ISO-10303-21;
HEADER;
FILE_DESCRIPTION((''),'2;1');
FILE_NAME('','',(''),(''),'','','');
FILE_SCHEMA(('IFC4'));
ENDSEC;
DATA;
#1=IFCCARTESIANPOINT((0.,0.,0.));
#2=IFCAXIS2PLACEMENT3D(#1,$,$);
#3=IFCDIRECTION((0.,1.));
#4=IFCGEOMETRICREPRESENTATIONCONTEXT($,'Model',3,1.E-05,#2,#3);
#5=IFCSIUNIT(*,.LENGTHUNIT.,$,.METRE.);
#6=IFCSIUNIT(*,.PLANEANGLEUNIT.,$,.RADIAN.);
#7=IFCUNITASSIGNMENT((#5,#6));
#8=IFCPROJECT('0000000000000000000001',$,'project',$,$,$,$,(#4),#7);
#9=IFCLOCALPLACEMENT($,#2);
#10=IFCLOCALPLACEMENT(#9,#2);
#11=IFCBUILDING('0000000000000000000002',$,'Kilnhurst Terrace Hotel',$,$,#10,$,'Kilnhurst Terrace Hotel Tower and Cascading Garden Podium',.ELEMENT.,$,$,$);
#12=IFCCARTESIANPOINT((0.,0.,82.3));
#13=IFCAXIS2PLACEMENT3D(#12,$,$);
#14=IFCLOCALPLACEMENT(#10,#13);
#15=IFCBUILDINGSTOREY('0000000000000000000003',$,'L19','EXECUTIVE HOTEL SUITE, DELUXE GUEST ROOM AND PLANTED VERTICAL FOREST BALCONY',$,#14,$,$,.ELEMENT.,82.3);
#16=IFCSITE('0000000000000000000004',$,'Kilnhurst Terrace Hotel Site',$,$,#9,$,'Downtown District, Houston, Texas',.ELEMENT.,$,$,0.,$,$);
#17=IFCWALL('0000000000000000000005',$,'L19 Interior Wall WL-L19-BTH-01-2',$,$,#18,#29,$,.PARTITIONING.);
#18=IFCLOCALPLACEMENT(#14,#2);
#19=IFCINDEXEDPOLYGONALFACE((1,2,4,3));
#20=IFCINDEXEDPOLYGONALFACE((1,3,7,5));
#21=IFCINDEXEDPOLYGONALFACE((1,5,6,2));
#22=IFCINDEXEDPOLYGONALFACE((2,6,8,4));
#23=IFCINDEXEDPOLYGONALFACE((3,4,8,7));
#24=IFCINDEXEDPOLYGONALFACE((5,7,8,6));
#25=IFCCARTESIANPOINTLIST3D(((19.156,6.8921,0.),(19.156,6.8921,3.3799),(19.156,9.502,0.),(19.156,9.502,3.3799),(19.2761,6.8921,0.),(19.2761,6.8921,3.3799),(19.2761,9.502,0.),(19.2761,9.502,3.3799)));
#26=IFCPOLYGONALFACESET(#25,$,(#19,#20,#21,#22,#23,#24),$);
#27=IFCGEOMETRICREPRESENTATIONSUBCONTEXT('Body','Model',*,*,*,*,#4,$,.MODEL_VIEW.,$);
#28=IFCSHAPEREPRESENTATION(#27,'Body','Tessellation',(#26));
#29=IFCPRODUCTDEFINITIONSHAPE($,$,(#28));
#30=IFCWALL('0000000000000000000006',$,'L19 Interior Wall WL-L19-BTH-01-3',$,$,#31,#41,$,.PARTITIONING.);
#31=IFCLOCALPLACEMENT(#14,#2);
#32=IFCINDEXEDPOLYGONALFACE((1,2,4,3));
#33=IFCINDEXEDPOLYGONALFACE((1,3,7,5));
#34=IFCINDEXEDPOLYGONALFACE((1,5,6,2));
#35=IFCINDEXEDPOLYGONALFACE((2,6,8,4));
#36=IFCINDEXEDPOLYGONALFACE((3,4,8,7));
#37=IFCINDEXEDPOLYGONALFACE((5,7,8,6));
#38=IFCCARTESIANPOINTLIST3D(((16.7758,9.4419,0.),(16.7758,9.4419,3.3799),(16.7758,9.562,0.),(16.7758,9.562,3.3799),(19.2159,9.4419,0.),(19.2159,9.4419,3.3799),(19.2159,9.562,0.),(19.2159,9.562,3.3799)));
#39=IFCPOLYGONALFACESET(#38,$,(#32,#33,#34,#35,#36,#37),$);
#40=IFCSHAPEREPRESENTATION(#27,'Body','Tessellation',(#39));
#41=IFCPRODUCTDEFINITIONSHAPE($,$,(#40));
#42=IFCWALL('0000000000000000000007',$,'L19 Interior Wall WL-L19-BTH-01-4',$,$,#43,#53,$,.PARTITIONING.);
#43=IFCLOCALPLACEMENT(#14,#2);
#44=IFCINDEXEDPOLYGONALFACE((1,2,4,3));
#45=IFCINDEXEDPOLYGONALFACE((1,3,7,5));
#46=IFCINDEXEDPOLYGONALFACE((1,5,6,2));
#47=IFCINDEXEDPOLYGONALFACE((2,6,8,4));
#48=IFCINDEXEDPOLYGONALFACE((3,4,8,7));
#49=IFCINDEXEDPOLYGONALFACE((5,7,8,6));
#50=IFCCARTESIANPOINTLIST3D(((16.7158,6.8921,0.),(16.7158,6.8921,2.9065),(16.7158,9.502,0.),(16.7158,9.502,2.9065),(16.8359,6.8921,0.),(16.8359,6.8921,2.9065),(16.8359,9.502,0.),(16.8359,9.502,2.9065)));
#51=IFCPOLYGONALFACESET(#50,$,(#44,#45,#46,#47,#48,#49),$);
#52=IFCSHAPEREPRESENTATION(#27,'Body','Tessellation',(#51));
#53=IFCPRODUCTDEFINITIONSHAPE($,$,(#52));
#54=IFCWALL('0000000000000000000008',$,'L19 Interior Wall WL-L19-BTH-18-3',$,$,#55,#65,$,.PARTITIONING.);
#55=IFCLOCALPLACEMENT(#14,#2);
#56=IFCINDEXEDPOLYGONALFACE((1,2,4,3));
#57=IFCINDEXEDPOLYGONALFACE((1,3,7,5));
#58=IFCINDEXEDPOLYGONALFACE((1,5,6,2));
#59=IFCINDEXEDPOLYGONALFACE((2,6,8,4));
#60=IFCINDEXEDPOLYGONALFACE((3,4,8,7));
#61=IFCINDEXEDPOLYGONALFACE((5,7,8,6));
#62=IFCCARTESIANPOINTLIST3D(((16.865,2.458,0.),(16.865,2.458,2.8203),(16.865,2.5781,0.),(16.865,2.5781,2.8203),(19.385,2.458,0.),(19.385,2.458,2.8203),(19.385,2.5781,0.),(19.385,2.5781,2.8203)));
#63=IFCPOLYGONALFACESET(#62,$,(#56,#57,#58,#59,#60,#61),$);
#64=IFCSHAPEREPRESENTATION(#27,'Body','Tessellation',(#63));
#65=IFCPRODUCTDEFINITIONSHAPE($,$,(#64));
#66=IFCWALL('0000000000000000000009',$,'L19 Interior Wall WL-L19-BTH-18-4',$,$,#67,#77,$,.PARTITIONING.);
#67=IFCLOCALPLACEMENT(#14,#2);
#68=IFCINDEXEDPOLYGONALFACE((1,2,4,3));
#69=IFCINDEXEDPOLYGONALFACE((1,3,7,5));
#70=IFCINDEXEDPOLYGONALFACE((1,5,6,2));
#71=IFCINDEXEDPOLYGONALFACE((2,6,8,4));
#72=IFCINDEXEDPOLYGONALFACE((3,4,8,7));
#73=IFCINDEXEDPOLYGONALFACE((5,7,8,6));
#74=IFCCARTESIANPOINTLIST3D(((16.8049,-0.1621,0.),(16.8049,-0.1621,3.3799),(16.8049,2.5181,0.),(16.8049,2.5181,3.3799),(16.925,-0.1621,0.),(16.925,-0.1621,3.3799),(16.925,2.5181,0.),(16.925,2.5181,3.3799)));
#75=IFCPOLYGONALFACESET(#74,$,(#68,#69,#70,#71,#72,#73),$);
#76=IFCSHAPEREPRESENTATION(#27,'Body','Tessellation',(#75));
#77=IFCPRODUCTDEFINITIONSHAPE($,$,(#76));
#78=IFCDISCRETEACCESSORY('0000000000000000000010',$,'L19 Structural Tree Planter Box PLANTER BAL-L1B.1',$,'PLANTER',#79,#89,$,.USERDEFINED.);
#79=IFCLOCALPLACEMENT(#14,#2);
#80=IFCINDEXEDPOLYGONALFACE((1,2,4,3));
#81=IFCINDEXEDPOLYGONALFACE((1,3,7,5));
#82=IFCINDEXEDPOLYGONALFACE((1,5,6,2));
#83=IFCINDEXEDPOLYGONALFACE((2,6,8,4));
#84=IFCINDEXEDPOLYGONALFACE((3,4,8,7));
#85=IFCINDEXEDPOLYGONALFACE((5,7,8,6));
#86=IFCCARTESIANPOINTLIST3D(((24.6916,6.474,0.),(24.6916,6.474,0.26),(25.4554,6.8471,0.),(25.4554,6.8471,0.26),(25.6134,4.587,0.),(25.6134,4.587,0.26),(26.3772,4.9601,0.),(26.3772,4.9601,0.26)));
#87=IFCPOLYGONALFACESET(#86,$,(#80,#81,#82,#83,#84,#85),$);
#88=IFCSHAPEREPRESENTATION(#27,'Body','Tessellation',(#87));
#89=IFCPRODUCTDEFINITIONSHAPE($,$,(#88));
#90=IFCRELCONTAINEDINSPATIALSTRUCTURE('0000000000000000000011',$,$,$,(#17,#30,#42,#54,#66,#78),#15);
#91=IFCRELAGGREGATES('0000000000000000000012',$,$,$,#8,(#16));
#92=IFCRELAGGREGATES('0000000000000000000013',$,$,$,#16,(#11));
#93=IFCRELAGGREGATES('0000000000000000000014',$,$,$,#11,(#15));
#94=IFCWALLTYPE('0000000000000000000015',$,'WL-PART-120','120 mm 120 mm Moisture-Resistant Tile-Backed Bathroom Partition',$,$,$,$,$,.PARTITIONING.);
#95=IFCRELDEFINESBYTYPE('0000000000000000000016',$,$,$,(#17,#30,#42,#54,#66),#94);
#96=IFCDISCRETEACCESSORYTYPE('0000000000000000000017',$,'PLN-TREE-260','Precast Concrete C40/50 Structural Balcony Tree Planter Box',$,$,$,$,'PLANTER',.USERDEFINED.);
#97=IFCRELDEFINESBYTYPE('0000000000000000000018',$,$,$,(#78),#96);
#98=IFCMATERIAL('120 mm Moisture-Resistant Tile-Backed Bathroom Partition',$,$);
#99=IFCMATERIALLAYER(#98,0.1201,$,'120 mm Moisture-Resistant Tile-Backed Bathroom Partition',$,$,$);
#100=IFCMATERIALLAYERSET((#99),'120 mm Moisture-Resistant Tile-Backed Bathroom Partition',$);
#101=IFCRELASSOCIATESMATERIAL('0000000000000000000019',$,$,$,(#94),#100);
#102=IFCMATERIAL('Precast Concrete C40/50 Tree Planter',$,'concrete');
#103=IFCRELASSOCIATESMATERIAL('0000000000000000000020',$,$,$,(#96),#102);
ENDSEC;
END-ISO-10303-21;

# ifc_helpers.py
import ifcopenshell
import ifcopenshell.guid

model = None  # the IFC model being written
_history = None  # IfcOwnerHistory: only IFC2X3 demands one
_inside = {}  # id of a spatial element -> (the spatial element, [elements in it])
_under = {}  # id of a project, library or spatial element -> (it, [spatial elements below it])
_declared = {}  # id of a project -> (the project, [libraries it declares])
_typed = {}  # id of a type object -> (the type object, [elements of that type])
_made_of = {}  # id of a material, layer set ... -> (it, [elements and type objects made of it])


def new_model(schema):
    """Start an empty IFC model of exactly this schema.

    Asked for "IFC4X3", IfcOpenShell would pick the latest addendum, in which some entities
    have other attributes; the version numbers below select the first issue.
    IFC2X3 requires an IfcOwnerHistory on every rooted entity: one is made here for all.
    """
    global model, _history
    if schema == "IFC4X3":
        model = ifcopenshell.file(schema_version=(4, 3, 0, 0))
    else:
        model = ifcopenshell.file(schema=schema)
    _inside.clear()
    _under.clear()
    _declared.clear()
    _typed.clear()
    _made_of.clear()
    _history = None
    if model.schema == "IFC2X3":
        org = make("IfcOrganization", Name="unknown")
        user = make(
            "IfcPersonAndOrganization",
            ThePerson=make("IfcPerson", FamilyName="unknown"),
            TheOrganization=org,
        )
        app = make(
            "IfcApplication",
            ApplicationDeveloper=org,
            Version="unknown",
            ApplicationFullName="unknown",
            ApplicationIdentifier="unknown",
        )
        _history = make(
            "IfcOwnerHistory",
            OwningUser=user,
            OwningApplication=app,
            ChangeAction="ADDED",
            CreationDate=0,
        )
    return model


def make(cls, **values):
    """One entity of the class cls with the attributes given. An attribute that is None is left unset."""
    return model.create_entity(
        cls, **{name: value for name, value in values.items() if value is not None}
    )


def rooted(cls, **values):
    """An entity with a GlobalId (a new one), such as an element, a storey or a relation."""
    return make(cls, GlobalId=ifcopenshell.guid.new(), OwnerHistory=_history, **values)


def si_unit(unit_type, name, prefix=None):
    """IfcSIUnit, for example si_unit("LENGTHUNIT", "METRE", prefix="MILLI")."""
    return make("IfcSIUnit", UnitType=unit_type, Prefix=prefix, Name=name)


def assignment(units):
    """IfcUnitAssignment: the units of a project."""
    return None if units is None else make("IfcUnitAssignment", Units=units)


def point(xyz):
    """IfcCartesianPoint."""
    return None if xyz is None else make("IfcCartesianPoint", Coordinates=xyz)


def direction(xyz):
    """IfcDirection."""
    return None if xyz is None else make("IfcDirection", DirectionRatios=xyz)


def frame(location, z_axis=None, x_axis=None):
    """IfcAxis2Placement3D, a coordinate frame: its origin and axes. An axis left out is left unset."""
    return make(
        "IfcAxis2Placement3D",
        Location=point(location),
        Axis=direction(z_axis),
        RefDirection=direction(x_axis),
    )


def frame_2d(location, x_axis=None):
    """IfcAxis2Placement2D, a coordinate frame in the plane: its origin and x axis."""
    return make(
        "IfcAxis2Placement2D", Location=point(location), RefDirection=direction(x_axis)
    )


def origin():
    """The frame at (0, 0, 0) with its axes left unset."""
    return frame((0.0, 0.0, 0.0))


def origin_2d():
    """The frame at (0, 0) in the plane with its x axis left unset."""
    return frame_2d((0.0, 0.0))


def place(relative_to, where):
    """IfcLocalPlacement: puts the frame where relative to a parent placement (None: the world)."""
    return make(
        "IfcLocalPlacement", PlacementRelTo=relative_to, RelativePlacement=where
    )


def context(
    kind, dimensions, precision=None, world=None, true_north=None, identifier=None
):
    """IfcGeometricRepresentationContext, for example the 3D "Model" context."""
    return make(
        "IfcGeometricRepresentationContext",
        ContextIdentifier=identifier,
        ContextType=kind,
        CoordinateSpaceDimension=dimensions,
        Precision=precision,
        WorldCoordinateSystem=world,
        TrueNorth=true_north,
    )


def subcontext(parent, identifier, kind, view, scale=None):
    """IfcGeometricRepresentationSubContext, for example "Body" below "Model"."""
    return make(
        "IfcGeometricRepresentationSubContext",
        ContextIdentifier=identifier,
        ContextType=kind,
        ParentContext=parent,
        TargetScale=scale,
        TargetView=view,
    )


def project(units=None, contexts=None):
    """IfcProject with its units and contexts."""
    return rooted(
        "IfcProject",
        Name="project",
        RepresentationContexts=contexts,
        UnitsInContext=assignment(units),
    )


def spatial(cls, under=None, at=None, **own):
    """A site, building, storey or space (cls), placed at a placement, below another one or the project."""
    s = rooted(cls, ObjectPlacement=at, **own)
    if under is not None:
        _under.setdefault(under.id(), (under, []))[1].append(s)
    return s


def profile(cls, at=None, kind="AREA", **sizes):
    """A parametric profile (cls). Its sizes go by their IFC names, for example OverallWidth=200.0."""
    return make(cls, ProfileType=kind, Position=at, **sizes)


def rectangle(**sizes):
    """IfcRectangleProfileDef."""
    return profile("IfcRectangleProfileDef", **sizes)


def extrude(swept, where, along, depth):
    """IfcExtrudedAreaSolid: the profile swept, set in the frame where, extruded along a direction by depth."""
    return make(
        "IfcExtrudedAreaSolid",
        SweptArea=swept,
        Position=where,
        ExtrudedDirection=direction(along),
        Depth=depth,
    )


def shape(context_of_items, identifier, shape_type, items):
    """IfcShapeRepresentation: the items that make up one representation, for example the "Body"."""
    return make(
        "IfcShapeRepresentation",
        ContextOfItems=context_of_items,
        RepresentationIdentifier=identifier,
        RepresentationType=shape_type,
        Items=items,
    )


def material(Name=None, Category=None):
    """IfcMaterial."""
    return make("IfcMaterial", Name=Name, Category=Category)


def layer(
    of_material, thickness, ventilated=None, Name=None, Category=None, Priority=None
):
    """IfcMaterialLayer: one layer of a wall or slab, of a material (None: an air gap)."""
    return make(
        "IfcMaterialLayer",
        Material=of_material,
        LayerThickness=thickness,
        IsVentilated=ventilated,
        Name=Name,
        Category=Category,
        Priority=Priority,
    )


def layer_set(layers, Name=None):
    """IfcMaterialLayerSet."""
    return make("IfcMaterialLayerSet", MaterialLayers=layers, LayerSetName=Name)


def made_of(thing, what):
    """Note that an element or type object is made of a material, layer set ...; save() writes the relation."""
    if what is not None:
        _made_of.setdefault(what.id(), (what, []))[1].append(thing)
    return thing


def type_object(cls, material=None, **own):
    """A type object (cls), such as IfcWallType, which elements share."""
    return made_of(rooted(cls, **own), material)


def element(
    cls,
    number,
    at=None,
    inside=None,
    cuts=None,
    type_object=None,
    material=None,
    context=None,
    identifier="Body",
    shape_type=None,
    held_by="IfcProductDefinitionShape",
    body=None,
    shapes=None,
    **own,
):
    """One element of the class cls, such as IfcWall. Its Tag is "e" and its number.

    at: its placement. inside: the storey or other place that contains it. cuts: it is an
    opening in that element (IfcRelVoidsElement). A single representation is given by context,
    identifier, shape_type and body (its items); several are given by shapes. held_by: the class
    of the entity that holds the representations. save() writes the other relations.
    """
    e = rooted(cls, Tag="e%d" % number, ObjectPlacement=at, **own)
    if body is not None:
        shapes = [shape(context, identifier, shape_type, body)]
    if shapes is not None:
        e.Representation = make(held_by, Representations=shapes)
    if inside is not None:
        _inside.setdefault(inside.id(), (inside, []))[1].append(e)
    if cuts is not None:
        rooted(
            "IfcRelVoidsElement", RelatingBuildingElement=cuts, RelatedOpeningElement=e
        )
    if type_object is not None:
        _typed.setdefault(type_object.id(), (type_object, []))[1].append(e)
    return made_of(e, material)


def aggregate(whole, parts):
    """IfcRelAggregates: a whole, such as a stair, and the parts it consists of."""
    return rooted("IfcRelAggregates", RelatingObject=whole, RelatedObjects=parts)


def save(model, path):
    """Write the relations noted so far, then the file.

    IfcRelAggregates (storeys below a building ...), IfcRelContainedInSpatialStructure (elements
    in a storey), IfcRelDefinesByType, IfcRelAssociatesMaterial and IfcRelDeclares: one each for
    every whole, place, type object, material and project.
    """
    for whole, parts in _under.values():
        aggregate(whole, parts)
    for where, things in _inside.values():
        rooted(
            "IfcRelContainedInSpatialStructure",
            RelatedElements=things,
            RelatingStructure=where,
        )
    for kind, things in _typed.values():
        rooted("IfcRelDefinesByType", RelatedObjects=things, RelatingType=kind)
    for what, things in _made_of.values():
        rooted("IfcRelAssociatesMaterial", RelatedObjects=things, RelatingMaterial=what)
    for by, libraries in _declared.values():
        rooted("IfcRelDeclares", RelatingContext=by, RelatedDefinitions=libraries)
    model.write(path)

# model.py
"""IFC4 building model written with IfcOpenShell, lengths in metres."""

from ifc_helpers import new_model, si_unit, direction, frame, frame_2d, origin, origin_2d, place, context, subcontext, project, spatial, rectangle, extrude, material, layer, layer_set, type_object, element, save


model = new_model("IFC4")

# Units and contexts
model_context = context("Model", 3, precision=1e-05, world=origin(), true_north=direction((0.0, 1.0)))
body_context = subcontext(model_context, "Body", "Model", "MODEL_VIEW")
ifc_project = project(units=[si_unit("LENGTHUNIT", "METRE"), si_unit("PLANEANGLEUNIT", "RADIAN")], contexts=[model_context])

# Site, building, storey
site_placement = place(None, origin())
site = spatial("IfcSite", under=ifc_project, at=site_placement, Name="Kilnhurst Terrace Hotel Site", LongName="Downtown District, Houston, Texas", CompositionType="ELEMENT", RefElevation=0.0)
building_placement = place(site_placement, origin())
building = spatial("IfcBuilding", under=site, at=building_placement, Name="Kilnhurst Terrace Hotel", LongName="Kilnhurst Terrace Hotel Tower and Cascading Garden Podium", CompositionType="ELEMENT")
storey_placement = place(building_placement, frame((0.0, 0.0, 82.3)))
storey = spatial("IfcBuildingStorey", under=building, at=storey_placement, Name="L19", Description="EXECUTIVE HOTEL SUITE, DELUXE GUEST ROOM AND PLANTED VERTICAL FOREST BALCONY", CompositionType="ELEMENT", Elevation=82.3)

# Shared definitions
ifc_material_1 = material(Name="120 mm Moisture-Resistant Tile-Backed Bathroom Partition")
ifc_layer_1 = layer(ifc_material_1, 0.1201, Name="120 mm Moisture-Resistant Tile-Backed Bathroom Partition")
ifc_layer_set_1 = layer_set([ifc_layer_1], Name="120 mm Moisture-Resistant Tile-Backed Bathroom Partition")
wall_type_1 = type_object("IfcWallType", Name="WL-PART-120", Description="120 mm 120 mm Moisture-Resistant Tile-Backed Bathroom Partition", PredefinedType="PARTITIONING", material=ifc_layer_set_1)

# Walls
wall_1_placement = place(storey_placement, frame((19.2161, 6.8921, 0.0), z_axis=(0.0, 0.0, 1.0), x_axis=(0.0, 1.0, 0.0)))
element("IfcWall", 1, at=wall_1_placement, inside=storey, type_object=wall_type_1, Name="L19 Interior Wall WL-L19-BTH-01-2", PredefinedType="PARTITIONING", context=body_context, shape_type="SweptSolid", body=[
    extrude(rectangle(XDim=2.6099, YDim=0.1201, at=frame_2d((1.3049, 0.0))), origin(), (0.0, 0.0, 1.0), 3.3799),
])
wall_2_placement = place(storey_placement, frame((19.2161, 9.502, 0.0), z_axis=(0.0, 0.0, 1.0), x_axis=(-1.0, 0.0, 0.0)))
element("IfcWall", 2, at=wall_2_placement, inside=storey, type_object=wall_type_1, Name="L19 Interior Wall WL-L19-BTH-01-3", PredefinedType="PARTITIONING", context=body_context, shape_type="SweptSolid", body=[
    extrude(rectangle(XDim=2.4402, YDim=0.1201, at=frame_2d((1.2202, 0.0))), origin(), (0.0, 0.0, 1.0), 3.3799),
])
wall_3_placement = place(storey_placement, frame((16.7759, 9.502, 0.0), z_axis=(0.0, 0.0, 1.0), x_axis=(0.0, -1.0, 0.0)))
element("IfcWall", 3, at=wall_3_placement, inside=storey, type_object=wall_type_1, Name="L19 Interior Wall WL-L19-BTH-01-4", PredefinedType="PARTITIONING", context=body_context, shape_type="SweptSolid", body=[
    extrude(rectangle(XDim=2.6099, YDim=0.1201, at=frame_2d((1.3049, 0.0))), origin(), (0.0, 0.0, 1.0), 2.9065),
])
wall_4_placement = place(storey_placement, frame((19.385, 2.5181, 0.0), z_axis=(0.0, 0.0, 1.0), x_axis=(-1.0, 0.0, 0.0)))
element("IfcWall", 4, at=wall_4_placement, inside=storey, type_object=wall_type_1, Name="L19 Interior Wall WL-L19-BTH-18-3", PredefinedType="PARTITIONING", context=body_context, shape_type="SweptSolid", body=[
    extrude(rectangle(XDim=2.52, YDim=0.1201, at=frame_2d((1.26, 0.0))), origin(), (0.0, 0.0, 1.0), 2.8203),
])
wall_5_placement = place(storey_placement, frame((16.865, 2.5181, 0.0), z_axis=(0.0, 0.0, 1.0), x_axis=(0.0, -1.0, 0.0)))
element("IfcWall", 5, at=wall_5_placement, inside=storey, type_object=wall_type_1, Name="L19 Interior Wall WL-L19-BTH-18-4", PredefinedType="PARTITIONING", context=body_context, shape_type="SweptSolid", body=[
    extrude(rectangle(XDim=2.6802, YDim=0.1201, at=frame_2d((1.3401, 0.0))), origin(), (0.0, 0.0, 1.0), 3.3799),
])

# Discrete accessory
ifc_material_2 = material(Name="Precast Concrete C40/50 Tree Planter", Category="concrete")
discrete_accessory_type = type_object("IfcDiscreteAccessoryType", Name="PLN-TREE-260", Description="Precast Concrete C40/50 Structural Balcony Tree Planter Box", ElementType="PLANTER", PredefinedType="USERDEFINED", material=ifc_material_2)
discrete_accessory_placement = place(storey_placement, frame((25.5344, 5.717, 0.0), z_axis=(0.0, 0.0, 1.0), x_axis=(-0.438936, 0.898518, 0.0)))
element("IfcDiscreteAccessory", 6, at=discrete_accessory_placement, inside=storey, type_object=discrete_accessory_type, Name="L19 Structural Tree Planter Box PLANTER BAL-L1B.1", ObjectType="PLANTER", PredefinedType="USERDEFINED", context=body_context, shape_type="SweptSolid", body=[
    extrude(rectangle(XDim=2.1001, YDim=0.8501, at=origin_2d()), origin(), (0.0, 0.0, 1.0), 0.26),
])

save(model, "model.ifc")
